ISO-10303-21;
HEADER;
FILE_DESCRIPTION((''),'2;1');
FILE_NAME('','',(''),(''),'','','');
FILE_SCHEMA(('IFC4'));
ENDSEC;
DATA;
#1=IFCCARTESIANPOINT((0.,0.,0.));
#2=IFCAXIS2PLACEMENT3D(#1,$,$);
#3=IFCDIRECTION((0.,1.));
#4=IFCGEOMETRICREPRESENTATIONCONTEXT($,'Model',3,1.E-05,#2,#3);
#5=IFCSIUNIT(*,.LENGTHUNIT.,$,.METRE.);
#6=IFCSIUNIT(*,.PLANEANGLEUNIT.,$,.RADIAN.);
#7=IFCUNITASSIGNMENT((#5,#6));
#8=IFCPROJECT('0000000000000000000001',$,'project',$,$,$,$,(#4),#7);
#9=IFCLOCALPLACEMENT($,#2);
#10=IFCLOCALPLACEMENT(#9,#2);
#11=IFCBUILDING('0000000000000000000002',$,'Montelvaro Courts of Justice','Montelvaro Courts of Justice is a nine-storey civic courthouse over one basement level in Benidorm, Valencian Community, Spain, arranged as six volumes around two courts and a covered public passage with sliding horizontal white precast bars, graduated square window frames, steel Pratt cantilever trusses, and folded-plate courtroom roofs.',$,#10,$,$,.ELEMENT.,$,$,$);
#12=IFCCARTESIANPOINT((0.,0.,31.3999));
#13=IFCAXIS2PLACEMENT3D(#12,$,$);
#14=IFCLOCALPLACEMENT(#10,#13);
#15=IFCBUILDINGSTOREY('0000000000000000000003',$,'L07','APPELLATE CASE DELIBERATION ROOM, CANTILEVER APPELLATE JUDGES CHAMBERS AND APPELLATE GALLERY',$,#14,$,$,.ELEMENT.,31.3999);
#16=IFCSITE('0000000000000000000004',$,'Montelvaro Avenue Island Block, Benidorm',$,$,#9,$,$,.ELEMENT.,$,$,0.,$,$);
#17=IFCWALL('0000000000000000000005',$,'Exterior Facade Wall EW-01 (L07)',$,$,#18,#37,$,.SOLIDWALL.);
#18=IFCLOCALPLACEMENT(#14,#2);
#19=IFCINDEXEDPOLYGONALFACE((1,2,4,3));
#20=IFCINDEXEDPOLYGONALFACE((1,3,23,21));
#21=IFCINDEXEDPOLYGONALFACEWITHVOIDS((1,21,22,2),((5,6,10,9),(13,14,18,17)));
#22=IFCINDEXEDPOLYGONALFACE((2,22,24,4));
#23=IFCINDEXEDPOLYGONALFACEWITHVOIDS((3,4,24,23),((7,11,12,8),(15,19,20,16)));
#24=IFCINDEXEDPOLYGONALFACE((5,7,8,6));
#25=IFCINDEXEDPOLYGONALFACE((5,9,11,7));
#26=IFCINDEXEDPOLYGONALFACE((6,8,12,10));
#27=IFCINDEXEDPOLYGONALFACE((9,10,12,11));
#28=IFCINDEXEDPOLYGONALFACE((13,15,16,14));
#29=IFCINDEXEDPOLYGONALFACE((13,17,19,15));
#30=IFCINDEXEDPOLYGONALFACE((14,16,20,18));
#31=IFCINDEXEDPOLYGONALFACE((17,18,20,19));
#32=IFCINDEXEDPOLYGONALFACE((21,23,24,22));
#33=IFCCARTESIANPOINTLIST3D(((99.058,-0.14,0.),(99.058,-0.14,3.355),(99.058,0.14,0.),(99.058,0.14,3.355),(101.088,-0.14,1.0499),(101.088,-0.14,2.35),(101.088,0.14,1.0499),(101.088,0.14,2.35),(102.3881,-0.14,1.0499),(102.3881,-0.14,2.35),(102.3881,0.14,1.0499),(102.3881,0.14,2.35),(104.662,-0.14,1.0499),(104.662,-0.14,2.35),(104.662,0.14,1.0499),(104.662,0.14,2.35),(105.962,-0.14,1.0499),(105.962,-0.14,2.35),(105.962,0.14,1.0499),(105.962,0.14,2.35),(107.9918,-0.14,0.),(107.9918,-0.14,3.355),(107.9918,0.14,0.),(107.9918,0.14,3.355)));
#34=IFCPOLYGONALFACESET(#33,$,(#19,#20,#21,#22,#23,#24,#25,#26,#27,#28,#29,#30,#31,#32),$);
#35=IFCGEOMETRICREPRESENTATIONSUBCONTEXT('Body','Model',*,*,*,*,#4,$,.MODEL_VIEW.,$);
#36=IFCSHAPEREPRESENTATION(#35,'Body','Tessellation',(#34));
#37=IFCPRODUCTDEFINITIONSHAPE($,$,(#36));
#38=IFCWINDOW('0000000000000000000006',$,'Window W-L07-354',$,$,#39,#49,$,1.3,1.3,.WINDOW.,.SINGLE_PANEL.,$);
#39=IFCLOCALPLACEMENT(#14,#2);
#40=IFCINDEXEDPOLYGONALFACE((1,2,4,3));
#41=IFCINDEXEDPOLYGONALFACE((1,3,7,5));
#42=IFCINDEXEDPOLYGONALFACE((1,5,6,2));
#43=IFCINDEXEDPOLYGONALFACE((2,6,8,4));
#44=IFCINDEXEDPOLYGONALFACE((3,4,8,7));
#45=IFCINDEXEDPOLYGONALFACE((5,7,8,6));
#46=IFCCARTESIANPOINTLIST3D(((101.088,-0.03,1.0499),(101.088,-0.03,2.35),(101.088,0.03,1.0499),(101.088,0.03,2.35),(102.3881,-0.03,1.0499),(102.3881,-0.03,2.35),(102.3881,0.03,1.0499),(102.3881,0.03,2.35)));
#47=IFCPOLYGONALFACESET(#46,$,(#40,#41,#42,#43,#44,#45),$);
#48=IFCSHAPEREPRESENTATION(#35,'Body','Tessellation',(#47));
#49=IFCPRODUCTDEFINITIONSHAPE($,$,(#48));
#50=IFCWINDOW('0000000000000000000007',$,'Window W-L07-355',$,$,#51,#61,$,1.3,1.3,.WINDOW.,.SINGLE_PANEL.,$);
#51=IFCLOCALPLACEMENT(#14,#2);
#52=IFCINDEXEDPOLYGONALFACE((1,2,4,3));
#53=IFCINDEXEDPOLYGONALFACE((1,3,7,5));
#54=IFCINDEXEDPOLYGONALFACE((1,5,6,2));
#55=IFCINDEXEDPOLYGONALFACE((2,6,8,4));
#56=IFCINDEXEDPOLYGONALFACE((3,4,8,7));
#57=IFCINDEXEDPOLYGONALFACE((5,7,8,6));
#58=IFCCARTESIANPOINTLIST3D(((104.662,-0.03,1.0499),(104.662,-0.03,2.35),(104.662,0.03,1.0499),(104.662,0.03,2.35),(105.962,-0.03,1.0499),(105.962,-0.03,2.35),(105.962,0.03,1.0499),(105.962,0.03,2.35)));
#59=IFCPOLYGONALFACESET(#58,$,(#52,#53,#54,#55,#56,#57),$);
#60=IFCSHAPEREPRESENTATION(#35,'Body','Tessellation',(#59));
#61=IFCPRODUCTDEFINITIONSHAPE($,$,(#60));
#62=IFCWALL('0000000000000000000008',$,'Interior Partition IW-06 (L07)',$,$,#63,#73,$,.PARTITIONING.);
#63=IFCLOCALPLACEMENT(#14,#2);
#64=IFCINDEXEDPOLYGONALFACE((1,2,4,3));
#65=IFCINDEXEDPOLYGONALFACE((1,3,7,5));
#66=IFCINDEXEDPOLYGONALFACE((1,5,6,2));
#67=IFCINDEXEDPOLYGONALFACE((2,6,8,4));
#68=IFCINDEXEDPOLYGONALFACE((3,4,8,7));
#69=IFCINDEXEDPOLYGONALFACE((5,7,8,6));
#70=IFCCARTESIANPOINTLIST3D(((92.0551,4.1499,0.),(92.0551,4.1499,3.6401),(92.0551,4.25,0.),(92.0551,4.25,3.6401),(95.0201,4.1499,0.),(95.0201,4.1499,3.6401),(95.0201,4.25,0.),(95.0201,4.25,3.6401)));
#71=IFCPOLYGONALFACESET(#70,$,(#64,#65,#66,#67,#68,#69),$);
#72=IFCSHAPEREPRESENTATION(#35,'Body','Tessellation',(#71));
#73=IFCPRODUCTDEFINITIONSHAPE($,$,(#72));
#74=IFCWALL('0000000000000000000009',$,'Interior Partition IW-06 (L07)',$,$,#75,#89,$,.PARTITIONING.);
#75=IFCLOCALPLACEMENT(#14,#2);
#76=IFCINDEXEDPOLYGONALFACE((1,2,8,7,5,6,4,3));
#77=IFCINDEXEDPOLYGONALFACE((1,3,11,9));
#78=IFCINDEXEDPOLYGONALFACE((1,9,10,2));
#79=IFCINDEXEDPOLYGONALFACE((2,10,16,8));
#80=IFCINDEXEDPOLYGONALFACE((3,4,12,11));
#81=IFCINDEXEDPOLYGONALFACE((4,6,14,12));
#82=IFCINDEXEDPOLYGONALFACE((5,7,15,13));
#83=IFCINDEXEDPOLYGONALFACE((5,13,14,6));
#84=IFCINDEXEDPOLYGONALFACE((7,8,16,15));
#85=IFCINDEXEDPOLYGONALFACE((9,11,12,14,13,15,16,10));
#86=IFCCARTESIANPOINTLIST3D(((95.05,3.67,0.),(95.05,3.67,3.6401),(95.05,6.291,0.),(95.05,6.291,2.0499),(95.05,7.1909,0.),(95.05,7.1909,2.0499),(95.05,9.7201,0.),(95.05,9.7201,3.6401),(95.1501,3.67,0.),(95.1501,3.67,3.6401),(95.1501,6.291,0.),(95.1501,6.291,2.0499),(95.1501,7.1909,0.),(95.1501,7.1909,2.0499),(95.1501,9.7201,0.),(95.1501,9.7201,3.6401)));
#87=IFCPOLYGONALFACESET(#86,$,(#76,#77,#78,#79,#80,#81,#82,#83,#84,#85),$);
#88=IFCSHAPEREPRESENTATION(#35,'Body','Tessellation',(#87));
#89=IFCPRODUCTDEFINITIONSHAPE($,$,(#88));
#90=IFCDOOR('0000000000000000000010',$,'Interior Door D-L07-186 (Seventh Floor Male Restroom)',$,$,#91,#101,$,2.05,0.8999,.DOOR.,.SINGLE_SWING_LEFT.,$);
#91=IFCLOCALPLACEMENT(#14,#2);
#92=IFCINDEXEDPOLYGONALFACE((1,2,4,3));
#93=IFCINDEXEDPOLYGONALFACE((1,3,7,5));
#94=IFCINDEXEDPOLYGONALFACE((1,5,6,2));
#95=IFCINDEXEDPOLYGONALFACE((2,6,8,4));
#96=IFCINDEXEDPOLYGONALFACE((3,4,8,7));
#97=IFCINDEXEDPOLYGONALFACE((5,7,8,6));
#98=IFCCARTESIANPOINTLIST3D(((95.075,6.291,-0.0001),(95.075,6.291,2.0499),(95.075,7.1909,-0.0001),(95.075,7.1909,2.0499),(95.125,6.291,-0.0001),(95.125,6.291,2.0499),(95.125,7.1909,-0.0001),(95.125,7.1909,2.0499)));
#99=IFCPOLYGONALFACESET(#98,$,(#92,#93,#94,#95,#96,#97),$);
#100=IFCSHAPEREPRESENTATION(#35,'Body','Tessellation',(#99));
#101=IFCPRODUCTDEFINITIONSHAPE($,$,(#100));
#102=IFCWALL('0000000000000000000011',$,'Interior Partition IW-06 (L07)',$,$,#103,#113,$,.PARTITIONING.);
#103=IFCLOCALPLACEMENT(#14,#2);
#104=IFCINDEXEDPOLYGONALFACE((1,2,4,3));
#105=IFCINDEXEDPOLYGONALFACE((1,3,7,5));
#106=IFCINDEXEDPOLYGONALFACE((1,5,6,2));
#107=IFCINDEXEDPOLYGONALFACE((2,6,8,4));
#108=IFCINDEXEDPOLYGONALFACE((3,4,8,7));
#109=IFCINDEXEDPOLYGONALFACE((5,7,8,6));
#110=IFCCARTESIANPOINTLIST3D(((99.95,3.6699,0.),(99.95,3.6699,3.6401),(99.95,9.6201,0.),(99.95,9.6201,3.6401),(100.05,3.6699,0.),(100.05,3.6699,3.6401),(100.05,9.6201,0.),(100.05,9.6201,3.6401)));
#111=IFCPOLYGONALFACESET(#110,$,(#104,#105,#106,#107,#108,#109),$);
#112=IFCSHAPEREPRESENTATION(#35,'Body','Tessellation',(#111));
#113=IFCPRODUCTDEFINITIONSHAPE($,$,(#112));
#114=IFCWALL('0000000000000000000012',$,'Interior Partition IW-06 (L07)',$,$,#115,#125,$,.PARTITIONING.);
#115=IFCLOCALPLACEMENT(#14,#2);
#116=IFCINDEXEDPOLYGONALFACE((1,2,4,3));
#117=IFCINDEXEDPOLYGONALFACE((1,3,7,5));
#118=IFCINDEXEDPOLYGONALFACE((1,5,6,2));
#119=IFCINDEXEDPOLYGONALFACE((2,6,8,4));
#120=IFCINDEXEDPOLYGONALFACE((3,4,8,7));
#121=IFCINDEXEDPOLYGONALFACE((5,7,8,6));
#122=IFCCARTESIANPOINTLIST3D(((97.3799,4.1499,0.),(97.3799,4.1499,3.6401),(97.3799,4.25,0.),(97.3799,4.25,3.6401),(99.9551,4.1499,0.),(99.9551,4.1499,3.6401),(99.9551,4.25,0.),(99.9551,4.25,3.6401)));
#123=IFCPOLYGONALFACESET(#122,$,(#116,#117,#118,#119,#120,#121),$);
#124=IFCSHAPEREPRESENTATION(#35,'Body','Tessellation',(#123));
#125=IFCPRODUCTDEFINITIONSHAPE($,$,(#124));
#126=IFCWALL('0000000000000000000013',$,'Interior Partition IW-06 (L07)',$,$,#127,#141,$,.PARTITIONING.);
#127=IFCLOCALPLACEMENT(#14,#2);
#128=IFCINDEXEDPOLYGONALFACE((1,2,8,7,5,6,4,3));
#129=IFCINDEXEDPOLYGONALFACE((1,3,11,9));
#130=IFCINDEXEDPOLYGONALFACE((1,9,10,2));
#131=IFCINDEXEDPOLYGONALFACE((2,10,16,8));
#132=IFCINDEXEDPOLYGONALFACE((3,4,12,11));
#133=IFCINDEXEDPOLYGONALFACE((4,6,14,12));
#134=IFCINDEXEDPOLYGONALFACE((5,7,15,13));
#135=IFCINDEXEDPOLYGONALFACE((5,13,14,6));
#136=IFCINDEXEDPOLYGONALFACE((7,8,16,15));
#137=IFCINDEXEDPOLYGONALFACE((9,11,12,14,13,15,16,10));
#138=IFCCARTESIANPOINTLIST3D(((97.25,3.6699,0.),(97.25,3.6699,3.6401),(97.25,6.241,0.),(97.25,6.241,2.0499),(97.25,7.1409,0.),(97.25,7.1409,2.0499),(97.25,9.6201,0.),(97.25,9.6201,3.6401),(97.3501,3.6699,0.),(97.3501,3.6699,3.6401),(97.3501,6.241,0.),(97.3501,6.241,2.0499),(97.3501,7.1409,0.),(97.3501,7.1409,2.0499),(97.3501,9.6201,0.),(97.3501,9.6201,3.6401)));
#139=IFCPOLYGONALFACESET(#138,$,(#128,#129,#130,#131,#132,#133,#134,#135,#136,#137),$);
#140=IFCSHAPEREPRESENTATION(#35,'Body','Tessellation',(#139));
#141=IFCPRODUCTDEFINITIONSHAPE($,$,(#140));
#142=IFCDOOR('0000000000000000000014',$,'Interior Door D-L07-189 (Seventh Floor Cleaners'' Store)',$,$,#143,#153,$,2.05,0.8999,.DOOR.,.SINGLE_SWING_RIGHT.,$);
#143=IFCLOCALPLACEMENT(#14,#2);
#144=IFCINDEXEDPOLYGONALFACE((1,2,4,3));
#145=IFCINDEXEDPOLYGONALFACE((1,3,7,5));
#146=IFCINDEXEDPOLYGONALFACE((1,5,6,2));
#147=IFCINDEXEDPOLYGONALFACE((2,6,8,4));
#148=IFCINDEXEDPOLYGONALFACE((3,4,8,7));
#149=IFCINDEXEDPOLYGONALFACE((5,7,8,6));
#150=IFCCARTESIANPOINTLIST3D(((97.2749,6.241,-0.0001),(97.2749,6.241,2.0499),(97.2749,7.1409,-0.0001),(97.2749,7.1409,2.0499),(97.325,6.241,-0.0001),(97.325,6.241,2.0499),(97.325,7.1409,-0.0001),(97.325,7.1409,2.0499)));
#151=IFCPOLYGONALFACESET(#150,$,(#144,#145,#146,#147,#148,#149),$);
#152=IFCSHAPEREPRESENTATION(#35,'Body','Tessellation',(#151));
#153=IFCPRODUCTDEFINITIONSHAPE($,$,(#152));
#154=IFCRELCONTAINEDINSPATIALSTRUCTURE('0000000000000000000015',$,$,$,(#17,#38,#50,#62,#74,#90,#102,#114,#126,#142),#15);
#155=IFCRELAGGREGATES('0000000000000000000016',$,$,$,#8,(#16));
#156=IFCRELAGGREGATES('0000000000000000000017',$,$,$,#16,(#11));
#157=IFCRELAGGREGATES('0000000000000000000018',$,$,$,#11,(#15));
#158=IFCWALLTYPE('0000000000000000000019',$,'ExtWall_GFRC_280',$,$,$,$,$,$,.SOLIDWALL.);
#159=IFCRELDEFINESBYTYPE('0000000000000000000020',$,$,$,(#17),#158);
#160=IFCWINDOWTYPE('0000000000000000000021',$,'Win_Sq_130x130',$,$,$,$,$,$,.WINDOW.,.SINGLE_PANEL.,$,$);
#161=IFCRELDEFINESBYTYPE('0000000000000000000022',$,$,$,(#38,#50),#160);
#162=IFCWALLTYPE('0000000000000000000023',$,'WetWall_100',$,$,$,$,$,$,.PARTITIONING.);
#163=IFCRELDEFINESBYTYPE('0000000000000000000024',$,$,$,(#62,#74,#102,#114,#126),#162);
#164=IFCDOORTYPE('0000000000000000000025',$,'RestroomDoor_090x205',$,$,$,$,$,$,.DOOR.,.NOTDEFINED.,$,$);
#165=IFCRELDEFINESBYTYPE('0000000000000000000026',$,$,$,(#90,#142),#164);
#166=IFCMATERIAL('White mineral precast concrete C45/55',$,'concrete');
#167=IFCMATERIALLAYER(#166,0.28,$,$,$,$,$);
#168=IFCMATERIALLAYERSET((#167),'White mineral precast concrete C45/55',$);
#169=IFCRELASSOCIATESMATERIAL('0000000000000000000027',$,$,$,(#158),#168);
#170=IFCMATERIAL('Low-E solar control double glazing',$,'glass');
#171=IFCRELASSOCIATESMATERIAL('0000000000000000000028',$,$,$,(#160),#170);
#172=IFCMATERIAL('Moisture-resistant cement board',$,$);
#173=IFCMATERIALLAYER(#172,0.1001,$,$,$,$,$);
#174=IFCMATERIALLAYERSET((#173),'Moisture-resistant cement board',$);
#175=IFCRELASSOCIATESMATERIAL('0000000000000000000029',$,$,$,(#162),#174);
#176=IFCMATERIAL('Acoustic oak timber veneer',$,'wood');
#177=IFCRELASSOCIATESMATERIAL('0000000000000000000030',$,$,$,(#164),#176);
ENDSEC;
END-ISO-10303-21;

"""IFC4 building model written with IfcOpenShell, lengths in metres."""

from ifc_helpers import new_model, si_unit, direction, frame, frame_2d, origin, place, context, subcontext, project, spatial, rectangle, extrude, material, layer, layer_set, type_object, element, fill, save


model = new_model("IFC4")

# Units and contexts
model_context = context("Model", 3, precision=1e-05, world=origin(), true_north=direction((0.0, 1.0)))
body_context = subcontext(model_context, "Body", "Model", "MODEL_VIEW")
ifc_project = project(units=[si_unit("LENGTHUNIT", "METRE"), si_unit("PLANEANGLEUNIT", "RADIAN")], contexts=[model_context])

# Site, building, storey
site_placement = place(None, origin())
site = spatial("IfcSite", under=ifc_project, at=site_placement, Name="Montelvaro Avenue Island Block, Benidorm", CompositionType="ELEMENT", RefElevation=0.0)
building_placement = place(site_placement, origin())
building = spatial("IfcBuilding", under=site, at=building_placement, Name="Montelvaro Courts of Justice", Description="Montelvaro Courts of Justice is a nine-storey civic courthouse over one basement level in Benidorm, Valencian Community, Spain, arranged as six volumes around two courts and a covered public passage with sliding horizontal white precast bars, graduated square window frames, steel Pratt cantilever trusses, and folded-plate courtroom roofs.", CompositionType="ELEMENT")
storey_placement = place(building_placement, frame((0.0, 0.0, 31.3999)))
storey = spatial("IfcBuildingStorey", under=building, at=storey_placement, Name="L07", Description="APPELLATE CASE DELIBERATION ROOM, CANTILEVER APPELLATE JUDGES CHAMBERS AND APPELLATE GALLERY", CompositionType="ELEMENT", Elevation=31.3999)

# Shared definitions
ifc_material_1 = material(Name="White mineral precast concrete C45/55", Category="concrete")

# Wall, openings, windows
ifc_layer_1 = layer(ifc_material_1, 0.28)
ifc_layer_set_1 = layer_set([ifc_layer_1], Name="White mineral precast concrete C45/55")
wall_type_1 = type_object("IfcWallType", Name="ExtWall_GFRC_280", PredefinedType="SOLIDWALL", material=ifc_layer_set_1)
wall_1_placement = place(storey_placement, frame((99.0581, 0.0, 0.0), z_axis=(0.0, 0.0, 1.0), x_axis=(1.0, 0.0, 0.0)))
wall_1 = element("IfcWall", 1, at=wall_1_placement, inside=storey, type_object=wall_type_1, Name="Exterior Facade Wall EW-01 (L07)", PredefinedType="SOLIDWALL", context=body_context, shape_type="SweptSolid", body=[
    extrude(rectangle(XDim=8.9338, YDim=0.28, at=frame_2d((4.4668, 0.0))), origin(), (0.0, 0.0, 1.0), 3.355),
])
opening_1_placement = place(wall_1_placement, frame((2.03, 0.0, 1.05)))
opening_1 = element("IfcOpeningElement", 2, at=opening_1_placement, cuts=wall_1, PredefinedType="OPENING", context=body_context, shape_type="SweptSolid", body=[
    extrude(rectangle(XDim=1.3, YDim=1.3, at=frame_2d((0.6499, 0.6499))), frame((0.0, 0.1548, 0.0), z_axis=(0.0, -1.0, 0.0), x_axis=(1.0, 0.0, 0.0)), (0.0, 0.0, 1.0), 0.3098),
])
opening_2_placement = place(wall_1_placement, frame((5.604, 0.0, 1.05)))
opening_2 = element("IfcOpeningElement", 3, at=opening_2_placement, cuts=wall_1, PredefinedType="OPENING", context=body_context, shape_type="SweptSolid", body=[
    extrude(rectangle(XDim=1.3, YDim=1.3, at=frame_2d((0.6499, 0.6499))), frame((0.0, 0.1548, 0.0), z_axis=(0.0, -1.0, 0.0), x_axis=(1.0, 0.0, 0.0)), (0.0, 0.0, 1.0), 0.3098),
])
ifc_material_2 = material(Name="Low-E solar control double glazing", Category="glass")
window_type = type_object("IfcWindowType", Name="Win_Sq_130x130", PartitioningType="SINGLE_PANEL", PredefinedType="WINDOW", material=ifc_material_2)
window_1_placement = place(opening_1_placement, origin())
window_1 = element("IfcWindow", 4, at=window_1_placement, inside=storey, type_object=window_type, Name="Window W-L07-354", OverallHeight=1.3, OverallWidth=1.3, PartitioningType="SINGLE_PANEL", PredefinedType="WINDOW", context=body_context, shape_type="SweptSolid", body=[
    extrude(rectangle(XDim=1.3, YDim=1.3, at=frame_2d((0.6499, 0.6499))), frame((0.0, 0.03, 0.0), z_axis=(0.0, -1.0, 0.0), x_axis=(1.0, 0.0, 0.0)), (0.0, 0.0, 1.0), 0.0601),
])
fill(opening_1, window_1)
window_2_placement = place(opening_2_placement, origin())
window_2 = element("IfcWindow", 5, at=window_2_placement, inside=storey, type_object=window_type, Name="Window W-L07-355", OverallHeight=1.3, OverallWidth=1.3, PartitioningType="SINGLE_PANEL", PredefinedType="WINDOW", context=body_context, shape_type="SweptSolid", body=[
    extrude(rectangle(XDim=1.3, YDim=1.3, at=frame_2d((0.6499, 0.6499))), frame((0.0, 0.03, 0.0), z_axis=(0.0, -1.0, 0.0), x_axis=(1.0, 0.0, 0.0)), (0.0, 0.0, 1.0), 0.0601),
])
fill(opening_2, window_2)

# Wall
ifc_material_3 = material(Name="Moisture-resistant cement board")
ifc_layer_2 = layer(ifc_material_3, 0.1001)
ifc_layer_set_2 = layer_set([ifc_layer_2], Name="Moisture-resistant cement board")
wall_type_2 = type_object("IfcWallType", Name="WetWall_100", PredefinedType="PARTITIONING", material=ifc_layer_set_2)
wall_2_placement = place(storey_placement, frame((95.02, 4.2, 0.0), z_axis=(0.0, 0.0, 1.0), x_axis=(-1.0, 0.0, 0.0)))
element("IfcWall", 6, at=wall_2_placement, inside=storey, type_object=wall_type_2, Name="Interior Partition IW-06 (L07)", PredefinedType="PARTITIONING", context=body_context, shape_type="SweptSolid", body=[
    extrude(rectangle(XDim=2.9651, YDim=0.1001, at=frame_2d((1.4824, 0.0))), origin(), (0.0, 0.0, 1.0), 3.6401),
])

# Wall, opening, door
wall_3_placement = place(storey_placement, frame((95.1001, 9.72, 0.0), z_axis=(0.0, 0.0, 1.0), x_axis=(0.0, -1.0, 0.0)))
wall_3 = element("IfcWall", 7, at=wall_3_placement, inside=storey, type_object=wall_type_2, Name="Interior Partition IW-06 (L07)", PredefinedType="PARTITIONING", context=body_context, shape_type="SweptSolid", body=[
    extrude(rectangle(XDim=6.05, YDim=0.1001, at=frame_2d((3.0249, 0.0))), origin(), (0.0, 0.0, 1.0), 3.6401),
])
opening_3_placement = place(wall_3_placement, frame((2.5291, 0.0, 0.0)))
opening_3 = element("IfcOpeningElement", 8, at=opening_3_placement, cuts=wall_3, PredefinedType="OPENING", context=body_context, shape_type="SweptSolid", body=[
    extrude(rectangle(XDim=0.8999, YDim=2.05, at=frame_2d((0.45, 1.0249))), frame((0.0, 0.0649, 0.0), z_axis=(0.0, -1.0, 0.0), x_axis=(1.0, 0.0, 0.0)), (0.0, 0.0, 1.0), 0.1299),
])
ifc_material_4 = material(Name="Acoustic oak timber veneer", Category="wood")
door_type = type_object("IfcDoorType", Name="RestroomDoor_090x205", OperationType="NOTDEFINED", PredefinedType="DOOR", material=ifc_material_4)
door_1_placement = place(opening_3_placement, origin())
door_1 = element("IfcDoor", 9, at=door_1_placement, inside=storey, type_object=door_type, Name="Interior Door D-L07-186 (Seventh Floor Male Restroom)", OperationType="SINGLE_SWING_LEFT", OverallHeight=2.05, OverallWidth=0.8999, PredefinedType="DOOR", context=body_context, shape_type="SweptSolid", body=[
    extrude(rectangle(XDim=0.8999, YDim=2.05, at=frame_2d((0.45, 1.0249))), frame((0.0, 0.0249, 0.0), z_axis=(0.0, -1.0, 0.0), x_axis=(1.0, 0.0, 0.0)), (0.0, 0.0, 1.0), 0.05),
])
fill(opening_3, door_1)

# Walls
wall_4_placement = place(storey_placement, frame((100.0, 9.6201, 0.0), z_axis=(0.0, 0.0, 1.0), x_axis=(0.0, -1.0, 0.0)))
element("IfcWall", 10, at=wall_4_placement, inside=storey, type_object=wall_type_2, Name="Interior Partition IW-06 (L07)", PredefinedType="PARTITIONING", context=body_context, shape_type="SweptSolid", body=[
    extrude(rectangle(XDim=5.9502, YDim=0.1001, at=frame_2d((2.9751, 0.0))), origin(), (0.0, 0.0, 1.0), 3.6401),
])
wall_5_placement = place(storey_placement, frame((99.9551, 4.2, 0.0), z_axis=(0.0, 0.0, 1.0), x_axis=(-1.0, 0.0, 0.0)))
element("IfcWall", 11, at=wall_5_placement, inside=storey, type_object=wall_type_2, Name="Interior Partition IW-06 (L07)", PredefinedType="PARTITIONING", context=body_context, shape_type="SweptSolid", body=[
    extrude(rectangle(XDim=2.5752, YDim=0.1001, at=frame_2d((1.2876, 0.0))), origin(), (0.0, 0.0, 1.0), 3.6401),
])

# Wall, opening, door
wall_6_placement = place(storey_placement, frame((97.3, 3.6699, 0.0), z_axis=(0.0, 0.0, 1.0), x_axis=(0.0, 1.0, 0.0)))
wall_6 = element("IfcWall", 12, at=wall_6_placement, inside=storey, type_object=wall_type_2, Name="Interior Partition IW-06 (L07)", PredefinedType="PARTITIONING", context=body_context, shape_type="SweptSolid", body=[
    extrude(rectangle(XDim=5.9502, YDim=0.1001, at=frame_2d((2.9751, 0.0))), origin(), (0.0, 0.0, 1.0), 3.6401),
])
opening_4_placement = place(wall_6_placement, frame((2.571, 0.0, 0.0)))
opening_4 = element("IfcOpeningElement", 13, at=opening_4_placement, cuts=wall_6, PredefinedType="OPENING", context=body_context, shape_type="SweptSolid", body=[
    extrude(rectangle(XDim=0.8999, YDim=2.05, at=frame_2d((0.45, 1.0249))), frame((0.0, 0.0649, 0.0), z_axis=(0.0, -1.0, 0.0), x_axis=(1.0, 0.0, 0.0)), (0.0, 0.0, 1.0), 0.1299),
])
door_2_placement = place(opening_4_placement, frame((0.8999, 0.0, 0.0), z_axis=(0.0, 0.0, 1.0), x_axis=(-1.0, 0.0, 0.0)))
door_2 = element("IfcDoor", 14, at=door_2_placement, inside=storey, type_object=door_type, Name="Interior Door D-L07-189 (Seventh Floor Cleaners' Store)", OperationType="SINGLE_SWING_RIGHT", OverallHeight=2.05, OverallWidth=0.8999, PredefinedType="DOOR", context=body_context, shape_type="SweptSolid", body=[
    extrude(rectangle(XDim=0.8999, YDim=2.05, at=frame_2d((0.45, 1.0249))), frame((0.0, 0.0249, 0.0), z_axis=(0.0, -1.0, 0.0), x_axis=(1.0, 0.0, 0.0)), (0.0, 0.0, 1.0), 0.05),
])
fill(opening_4, door_2)

save(model, "model.ifc")
